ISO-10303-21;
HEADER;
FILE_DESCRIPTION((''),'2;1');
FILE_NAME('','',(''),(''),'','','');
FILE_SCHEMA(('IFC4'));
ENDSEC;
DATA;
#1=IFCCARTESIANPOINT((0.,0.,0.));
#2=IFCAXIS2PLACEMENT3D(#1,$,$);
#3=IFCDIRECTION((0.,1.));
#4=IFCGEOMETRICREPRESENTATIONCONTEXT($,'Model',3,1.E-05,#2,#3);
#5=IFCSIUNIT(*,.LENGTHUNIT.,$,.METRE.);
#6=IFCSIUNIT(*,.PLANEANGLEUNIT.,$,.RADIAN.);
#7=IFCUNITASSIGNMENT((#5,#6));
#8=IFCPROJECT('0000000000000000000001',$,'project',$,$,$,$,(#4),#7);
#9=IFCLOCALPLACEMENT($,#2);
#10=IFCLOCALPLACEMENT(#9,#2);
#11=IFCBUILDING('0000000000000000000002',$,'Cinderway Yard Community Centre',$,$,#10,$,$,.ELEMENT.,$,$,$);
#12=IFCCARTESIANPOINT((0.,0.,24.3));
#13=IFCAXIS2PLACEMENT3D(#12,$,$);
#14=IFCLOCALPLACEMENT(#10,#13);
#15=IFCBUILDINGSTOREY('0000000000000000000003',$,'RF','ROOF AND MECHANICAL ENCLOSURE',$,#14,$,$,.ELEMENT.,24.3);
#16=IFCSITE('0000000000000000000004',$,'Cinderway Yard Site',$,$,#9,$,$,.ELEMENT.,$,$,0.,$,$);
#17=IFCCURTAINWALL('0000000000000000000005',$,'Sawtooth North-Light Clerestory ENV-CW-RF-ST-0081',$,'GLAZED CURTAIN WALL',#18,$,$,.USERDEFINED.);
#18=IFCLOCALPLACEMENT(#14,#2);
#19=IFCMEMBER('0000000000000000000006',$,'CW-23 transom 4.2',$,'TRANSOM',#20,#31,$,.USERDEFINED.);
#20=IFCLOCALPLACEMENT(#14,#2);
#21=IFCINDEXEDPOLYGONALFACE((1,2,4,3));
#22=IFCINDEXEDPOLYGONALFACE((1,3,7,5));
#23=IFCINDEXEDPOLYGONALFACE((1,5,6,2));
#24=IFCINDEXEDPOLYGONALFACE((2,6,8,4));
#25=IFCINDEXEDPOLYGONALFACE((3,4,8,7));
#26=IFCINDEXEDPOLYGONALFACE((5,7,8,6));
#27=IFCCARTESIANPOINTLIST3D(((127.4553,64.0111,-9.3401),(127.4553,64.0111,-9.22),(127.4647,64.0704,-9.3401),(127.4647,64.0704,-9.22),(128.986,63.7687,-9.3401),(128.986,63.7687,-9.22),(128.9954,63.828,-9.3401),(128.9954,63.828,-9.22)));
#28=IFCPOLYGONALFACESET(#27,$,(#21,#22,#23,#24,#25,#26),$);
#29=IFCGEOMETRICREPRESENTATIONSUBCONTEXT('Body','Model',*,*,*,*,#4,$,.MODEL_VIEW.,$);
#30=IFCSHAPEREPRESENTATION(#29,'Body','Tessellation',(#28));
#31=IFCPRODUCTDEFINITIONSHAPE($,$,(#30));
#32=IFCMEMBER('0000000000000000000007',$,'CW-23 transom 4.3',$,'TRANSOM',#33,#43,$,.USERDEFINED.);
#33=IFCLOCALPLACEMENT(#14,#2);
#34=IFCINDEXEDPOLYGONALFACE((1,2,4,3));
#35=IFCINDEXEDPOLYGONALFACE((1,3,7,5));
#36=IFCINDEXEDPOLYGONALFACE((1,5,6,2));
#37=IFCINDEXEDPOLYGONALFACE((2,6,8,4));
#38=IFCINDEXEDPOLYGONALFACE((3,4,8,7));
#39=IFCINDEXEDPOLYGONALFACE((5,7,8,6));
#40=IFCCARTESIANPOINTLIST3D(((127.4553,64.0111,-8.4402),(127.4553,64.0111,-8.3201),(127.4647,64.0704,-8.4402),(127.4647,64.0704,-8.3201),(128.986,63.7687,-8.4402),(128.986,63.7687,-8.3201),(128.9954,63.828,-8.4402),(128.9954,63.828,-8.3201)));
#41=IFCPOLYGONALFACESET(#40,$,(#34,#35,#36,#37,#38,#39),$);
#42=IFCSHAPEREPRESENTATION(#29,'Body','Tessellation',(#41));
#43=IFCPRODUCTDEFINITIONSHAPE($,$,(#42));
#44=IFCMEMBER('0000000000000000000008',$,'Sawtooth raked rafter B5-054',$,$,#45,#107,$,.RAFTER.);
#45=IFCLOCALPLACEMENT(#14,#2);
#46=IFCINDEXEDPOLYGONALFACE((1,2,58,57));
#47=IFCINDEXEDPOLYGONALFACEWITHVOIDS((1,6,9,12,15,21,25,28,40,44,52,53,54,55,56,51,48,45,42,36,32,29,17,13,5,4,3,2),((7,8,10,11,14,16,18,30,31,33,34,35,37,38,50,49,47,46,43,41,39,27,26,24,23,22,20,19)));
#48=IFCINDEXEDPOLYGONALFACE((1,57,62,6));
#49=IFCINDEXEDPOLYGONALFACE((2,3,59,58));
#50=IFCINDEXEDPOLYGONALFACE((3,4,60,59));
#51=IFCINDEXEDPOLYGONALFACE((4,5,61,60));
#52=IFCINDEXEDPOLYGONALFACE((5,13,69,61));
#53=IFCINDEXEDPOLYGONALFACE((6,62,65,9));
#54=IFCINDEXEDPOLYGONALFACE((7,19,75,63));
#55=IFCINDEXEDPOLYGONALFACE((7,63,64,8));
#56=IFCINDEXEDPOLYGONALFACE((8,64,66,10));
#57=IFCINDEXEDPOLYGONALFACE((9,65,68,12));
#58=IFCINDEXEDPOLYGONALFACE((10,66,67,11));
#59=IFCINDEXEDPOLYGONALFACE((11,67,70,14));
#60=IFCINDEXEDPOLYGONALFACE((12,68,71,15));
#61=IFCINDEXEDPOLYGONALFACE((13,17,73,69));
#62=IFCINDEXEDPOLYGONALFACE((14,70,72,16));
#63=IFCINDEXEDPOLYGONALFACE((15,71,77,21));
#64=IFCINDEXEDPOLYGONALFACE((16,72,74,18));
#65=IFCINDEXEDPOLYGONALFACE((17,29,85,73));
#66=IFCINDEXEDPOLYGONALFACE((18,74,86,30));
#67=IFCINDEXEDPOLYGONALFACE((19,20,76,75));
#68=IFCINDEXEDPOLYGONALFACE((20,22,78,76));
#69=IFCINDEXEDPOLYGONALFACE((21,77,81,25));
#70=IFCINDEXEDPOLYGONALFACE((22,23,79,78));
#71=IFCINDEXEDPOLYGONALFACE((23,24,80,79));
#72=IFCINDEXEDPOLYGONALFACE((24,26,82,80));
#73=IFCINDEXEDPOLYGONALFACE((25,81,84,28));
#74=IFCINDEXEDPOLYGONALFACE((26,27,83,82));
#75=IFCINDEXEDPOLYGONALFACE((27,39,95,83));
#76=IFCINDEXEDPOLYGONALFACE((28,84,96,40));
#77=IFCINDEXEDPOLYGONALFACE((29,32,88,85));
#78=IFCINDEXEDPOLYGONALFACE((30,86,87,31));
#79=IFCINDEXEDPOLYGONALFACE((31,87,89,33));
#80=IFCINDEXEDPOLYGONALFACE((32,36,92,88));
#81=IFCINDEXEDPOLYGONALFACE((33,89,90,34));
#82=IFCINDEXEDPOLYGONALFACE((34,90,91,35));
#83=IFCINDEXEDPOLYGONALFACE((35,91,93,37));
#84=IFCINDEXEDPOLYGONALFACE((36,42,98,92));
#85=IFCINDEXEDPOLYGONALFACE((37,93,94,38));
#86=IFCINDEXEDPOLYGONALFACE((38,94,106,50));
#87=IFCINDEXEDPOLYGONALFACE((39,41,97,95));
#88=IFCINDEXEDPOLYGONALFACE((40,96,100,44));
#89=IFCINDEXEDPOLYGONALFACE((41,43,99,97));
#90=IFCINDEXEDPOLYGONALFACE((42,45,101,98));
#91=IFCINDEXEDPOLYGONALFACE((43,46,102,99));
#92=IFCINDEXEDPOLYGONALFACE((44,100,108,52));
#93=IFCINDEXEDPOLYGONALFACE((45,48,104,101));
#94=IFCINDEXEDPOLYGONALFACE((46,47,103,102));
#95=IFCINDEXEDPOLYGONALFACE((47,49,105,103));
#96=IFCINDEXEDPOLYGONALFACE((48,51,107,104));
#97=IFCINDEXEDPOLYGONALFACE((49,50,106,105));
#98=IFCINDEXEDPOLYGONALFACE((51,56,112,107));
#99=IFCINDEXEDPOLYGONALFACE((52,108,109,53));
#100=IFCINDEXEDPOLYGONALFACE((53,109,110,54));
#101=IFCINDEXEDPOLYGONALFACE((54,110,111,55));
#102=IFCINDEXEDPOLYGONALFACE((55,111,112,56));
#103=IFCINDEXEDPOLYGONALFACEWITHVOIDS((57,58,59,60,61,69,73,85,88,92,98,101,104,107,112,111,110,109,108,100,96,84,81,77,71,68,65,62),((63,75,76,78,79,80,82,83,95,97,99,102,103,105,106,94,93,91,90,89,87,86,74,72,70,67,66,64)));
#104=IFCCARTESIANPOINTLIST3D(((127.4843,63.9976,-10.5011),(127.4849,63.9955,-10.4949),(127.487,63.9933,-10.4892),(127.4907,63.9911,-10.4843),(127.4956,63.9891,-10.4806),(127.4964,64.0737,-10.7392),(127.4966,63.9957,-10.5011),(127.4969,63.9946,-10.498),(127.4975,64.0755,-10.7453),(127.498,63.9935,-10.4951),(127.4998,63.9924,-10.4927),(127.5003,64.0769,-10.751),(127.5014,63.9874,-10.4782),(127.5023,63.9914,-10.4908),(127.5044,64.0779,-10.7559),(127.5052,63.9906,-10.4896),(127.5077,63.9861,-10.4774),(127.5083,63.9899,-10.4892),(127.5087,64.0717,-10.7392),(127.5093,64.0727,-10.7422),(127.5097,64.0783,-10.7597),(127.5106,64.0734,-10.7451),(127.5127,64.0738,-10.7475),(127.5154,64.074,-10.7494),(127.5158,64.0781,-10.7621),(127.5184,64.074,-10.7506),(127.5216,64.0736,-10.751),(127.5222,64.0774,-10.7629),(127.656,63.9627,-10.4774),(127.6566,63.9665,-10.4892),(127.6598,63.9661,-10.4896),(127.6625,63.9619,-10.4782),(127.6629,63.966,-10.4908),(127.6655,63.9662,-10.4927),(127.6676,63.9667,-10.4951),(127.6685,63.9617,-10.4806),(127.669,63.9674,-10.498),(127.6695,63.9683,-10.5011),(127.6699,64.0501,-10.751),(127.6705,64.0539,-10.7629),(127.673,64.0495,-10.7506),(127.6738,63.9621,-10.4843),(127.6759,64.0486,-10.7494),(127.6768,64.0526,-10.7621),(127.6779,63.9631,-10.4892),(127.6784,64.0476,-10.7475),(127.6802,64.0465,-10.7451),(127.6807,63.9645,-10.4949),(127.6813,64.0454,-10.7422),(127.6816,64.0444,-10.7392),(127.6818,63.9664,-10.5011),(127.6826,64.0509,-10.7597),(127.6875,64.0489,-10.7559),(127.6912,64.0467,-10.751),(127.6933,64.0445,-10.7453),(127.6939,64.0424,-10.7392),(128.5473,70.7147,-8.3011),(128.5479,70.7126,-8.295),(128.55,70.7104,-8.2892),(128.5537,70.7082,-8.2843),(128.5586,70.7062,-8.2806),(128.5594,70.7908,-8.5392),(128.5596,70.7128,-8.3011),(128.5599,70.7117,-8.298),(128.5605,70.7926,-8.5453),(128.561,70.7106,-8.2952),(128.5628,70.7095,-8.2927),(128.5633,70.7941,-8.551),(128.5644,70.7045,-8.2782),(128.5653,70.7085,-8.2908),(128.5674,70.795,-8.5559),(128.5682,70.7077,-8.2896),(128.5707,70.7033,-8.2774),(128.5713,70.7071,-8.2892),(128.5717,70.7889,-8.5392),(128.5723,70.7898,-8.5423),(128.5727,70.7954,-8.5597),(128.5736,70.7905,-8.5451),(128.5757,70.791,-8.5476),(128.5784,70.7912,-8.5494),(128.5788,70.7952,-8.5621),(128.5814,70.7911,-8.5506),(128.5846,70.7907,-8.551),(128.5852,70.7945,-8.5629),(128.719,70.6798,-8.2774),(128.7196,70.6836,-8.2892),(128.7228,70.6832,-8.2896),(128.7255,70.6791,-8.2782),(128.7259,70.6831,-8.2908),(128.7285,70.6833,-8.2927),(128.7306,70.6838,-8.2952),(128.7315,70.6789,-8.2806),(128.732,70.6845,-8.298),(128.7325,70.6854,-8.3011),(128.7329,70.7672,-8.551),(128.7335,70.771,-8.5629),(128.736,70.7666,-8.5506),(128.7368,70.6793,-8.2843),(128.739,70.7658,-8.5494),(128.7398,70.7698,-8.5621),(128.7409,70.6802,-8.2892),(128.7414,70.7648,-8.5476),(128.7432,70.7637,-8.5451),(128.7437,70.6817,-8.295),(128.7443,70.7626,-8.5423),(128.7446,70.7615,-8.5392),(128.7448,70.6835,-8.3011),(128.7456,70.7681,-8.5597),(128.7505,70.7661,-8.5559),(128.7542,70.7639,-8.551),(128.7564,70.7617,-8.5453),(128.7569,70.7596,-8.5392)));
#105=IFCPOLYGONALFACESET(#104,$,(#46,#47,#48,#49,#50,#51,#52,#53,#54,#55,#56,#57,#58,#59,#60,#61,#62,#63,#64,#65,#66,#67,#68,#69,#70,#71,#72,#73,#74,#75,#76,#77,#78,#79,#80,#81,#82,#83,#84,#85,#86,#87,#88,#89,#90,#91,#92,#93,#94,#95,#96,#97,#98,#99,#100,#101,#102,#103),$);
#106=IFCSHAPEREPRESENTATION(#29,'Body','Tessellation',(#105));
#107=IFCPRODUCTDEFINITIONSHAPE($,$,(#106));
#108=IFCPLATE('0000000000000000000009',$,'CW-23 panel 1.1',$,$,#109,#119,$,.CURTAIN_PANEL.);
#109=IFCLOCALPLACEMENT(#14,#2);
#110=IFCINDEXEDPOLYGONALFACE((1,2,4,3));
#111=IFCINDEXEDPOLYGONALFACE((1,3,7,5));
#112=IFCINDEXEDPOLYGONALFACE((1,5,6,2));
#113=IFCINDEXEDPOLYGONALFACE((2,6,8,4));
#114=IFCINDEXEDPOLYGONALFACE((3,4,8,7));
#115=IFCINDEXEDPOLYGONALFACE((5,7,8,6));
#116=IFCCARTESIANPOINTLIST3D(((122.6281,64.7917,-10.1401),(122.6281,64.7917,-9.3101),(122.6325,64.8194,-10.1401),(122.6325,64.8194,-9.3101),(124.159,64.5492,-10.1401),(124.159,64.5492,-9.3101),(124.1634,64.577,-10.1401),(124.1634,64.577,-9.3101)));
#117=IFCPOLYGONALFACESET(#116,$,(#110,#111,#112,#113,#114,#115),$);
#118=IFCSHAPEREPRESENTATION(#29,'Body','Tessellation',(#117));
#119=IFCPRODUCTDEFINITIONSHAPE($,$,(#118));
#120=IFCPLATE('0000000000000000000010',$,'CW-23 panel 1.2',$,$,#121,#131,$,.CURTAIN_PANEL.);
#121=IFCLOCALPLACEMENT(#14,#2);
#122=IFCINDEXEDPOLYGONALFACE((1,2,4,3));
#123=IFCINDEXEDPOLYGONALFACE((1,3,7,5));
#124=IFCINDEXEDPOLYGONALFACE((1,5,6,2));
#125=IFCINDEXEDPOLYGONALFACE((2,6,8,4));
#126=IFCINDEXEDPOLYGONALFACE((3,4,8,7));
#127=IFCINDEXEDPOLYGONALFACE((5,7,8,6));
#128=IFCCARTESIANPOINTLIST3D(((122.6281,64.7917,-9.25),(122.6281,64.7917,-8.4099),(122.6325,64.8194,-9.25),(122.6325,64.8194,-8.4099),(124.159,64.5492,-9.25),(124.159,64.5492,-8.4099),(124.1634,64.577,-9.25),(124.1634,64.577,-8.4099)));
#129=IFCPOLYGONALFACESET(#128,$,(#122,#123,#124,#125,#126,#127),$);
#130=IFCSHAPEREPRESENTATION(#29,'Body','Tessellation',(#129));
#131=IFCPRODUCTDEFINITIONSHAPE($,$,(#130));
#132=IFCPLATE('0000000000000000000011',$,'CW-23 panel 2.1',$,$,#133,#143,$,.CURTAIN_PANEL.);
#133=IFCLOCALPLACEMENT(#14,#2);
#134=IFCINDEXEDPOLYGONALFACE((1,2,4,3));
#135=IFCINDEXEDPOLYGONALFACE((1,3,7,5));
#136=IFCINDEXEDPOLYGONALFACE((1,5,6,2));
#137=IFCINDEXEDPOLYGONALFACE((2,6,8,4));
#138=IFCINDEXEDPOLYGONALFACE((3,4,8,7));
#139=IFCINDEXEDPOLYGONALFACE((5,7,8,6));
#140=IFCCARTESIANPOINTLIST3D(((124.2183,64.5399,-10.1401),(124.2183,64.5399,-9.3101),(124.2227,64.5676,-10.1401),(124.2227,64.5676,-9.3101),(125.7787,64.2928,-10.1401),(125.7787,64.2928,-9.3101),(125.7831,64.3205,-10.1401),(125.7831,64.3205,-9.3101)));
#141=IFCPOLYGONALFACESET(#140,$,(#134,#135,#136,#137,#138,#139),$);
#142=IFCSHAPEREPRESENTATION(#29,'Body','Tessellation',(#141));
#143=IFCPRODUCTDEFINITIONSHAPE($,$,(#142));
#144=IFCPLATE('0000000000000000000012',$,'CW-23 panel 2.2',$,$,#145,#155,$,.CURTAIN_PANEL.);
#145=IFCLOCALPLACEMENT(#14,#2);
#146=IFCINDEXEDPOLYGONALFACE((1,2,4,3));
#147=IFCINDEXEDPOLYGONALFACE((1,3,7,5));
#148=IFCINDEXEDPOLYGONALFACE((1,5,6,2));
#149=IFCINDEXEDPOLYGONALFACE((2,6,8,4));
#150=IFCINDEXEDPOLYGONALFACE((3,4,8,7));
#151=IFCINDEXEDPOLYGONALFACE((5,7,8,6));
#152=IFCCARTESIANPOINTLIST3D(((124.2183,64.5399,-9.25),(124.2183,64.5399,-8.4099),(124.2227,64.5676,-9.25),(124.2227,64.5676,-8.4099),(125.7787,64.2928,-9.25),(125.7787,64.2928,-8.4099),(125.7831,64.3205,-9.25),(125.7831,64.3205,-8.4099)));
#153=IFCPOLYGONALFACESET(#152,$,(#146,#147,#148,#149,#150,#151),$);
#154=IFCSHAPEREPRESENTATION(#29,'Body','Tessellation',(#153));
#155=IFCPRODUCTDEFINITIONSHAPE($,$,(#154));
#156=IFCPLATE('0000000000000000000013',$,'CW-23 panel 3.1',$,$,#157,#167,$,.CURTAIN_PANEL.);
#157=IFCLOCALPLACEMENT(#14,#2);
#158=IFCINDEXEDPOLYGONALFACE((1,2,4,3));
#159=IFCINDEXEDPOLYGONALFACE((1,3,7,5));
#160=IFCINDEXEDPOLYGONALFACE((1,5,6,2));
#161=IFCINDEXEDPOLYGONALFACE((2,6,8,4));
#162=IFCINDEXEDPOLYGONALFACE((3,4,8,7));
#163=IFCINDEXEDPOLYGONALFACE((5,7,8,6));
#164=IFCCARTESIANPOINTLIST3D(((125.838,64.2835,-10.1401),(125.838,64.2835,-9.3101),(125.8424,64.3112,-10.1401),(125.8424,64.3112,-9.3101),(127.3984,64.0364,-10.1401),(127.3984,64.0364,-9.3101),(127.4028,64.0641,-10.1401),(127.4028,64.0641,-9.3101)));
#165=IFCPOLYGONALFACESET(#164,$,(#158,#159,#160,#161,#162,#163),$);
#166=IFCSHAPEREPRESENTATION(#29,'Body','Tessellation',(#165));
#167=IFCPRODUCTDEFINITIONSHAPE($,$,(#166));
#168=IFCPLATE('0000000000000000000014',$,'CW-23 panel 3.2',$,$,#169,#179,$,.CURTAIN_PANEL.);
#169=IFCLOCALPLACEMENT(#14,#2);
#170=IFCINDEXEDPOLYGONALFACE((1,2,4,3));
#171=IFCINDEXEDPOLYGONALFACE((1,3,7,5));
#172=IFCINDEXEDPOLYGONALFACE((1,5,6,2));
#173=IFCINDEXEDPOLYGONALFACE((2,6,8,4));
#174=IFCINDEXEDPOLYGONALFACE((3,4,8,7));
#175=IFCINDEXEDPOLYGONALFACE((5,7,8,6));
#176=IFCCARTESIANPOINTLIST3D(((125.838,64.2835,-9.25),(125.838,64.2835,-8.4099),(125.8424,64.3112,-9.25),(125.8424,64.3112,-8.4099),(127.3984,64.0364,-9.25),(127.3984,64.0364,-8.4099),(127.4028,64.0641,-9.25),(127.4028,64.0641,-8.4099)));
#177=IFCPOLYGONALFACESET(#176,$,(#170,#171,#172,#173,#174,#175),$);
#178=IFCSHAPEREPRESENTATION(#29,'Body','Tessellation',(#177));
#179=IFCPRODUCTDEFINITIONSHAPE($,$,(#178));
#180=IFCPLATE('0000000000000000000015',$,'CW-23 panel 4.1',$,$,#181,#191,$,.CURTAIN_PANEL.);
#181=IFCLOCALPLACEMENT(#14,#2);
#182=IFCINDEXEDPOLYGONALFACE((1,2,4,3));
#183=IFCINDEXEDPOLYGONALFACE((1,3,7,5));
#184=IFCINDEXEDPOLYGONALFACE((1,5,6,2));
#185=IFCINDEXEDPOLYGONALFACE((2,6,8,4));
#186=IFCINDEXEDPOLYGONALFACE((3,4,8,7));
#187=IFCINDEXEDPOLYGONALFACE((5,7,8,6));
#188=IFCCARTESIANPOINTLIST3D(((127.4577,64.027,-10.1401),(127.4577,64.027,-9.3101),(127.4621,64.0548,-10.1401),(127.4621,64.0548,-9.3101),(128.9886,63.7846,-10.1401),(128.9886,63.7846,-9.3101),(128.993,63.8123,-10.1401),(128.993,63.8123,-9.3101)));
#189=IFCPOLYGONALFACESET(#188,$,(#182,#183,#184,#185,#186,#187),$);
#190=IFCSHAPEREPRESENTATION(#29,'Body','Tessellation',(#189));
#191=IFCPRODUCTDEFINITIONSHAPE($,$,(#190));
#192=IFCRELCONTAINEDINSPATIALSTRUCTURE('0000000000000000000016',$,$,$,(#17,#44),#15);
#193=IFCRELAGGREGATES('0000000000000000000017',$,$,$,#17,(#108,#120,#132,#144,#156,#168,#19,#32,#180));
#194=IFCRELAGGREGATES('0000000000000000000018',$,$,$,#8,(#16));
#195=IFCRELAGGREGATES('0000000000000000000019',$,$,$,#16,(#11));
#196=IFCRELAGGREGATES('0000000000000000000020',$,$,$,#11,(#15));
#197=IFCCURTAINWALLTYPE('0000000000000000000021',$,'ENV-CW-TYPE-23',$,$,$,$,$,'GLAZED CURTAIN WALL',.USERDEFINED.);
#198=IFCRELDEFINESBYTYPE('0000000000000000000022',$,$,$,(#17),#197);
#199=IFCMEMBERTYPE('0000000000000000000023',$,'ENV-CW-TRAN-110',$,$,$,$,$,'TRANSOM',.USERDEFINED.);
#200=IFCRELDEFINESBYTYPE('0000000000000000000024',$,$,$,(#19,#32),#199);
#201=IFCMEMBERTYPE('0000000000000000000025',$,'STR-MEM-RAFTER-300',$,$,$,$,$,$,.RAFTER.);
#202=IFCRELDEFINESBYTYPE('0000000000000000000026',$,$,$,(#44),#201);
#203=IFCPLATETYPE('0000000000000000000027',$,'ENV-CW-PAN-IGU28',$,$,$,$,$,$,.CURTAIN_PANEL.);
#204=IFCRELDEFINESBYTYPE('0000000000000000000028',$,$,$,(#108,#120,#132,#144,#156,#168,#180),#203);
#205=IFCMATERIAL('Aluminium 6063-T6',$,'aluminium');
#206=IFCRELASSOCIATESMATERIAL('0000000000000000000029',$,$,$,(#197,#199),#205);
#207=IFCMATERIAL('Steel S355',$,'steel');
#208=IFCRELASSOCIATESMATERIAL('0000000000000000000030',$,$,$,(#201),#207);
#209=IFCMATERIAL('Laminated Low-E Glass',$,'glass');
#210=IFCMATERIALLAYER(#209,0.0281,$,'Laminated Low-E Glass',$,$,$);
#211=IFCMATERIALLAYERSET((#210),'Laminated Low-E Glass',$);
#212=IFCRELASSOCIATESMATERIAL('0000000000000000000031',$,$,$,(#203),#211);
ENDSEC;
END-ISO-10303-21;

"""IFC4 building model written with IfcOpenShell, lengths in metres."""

from ifc_helpers import new_model, si_unit, direction, frame, origin, origin_2d, place, context, subcontext, project, spatial, rectangle, hollow_rectangle, extrude, material, layer, layer_set, material_profile, profile_set, type_object, element, aggregate, save


model = new_model("IFC4")

# Units and contexts
model_context = context("Model", 3, precision=1e-05, world=origin(), true_north=direction((0.0, 1.0)))
body_context = subcontext(model_context, "Body", "Model", "MODEL_VIEW")
ifc_project = project(units=[si_unit("LENGTHUNIT", "METRE"), si_unit("PLANEANGLEUNIT", "RADIAN")], contexts=[model_context])

# Site, building, storey
site_placement = place(None, origin())
site = spatial("IfcSite", under=ifc_project, at=site_placement, Name="Cinderway Yard Site", CompositionType="ELEMENT", RefElevation=0.0)
building_placement = place(site_placement, origin())
building = spatial("IfcBuilding", under=site, at=building_placement, Name="Cinderway Yard Community Centre", CompositionType="ELEMENT")
storey_placement = place(building_placement, frame((0.0, 0.0, 24.3)))
storey = spatial("IfcBuildingStorey", under=building, at=storey_placement, Name="RF", Description="ROOF AND MECHANICAL ENCLOSURE", CompositionType="ELEMENT", Elevation=24.3)

# Shared definitions
ifc_material_1 = material(Name="Aluminium 6063-T6", Category="aluminium")
curtain_wall_type = type_object("IfcCurtainWallType", Name="ENV-CW-TYPE-23", ElementType="GLAZED CURTAIN WALL", PredefinedType="USERDEFINED", material=ifc_material_1)

# Curtain wall, members
curtain_wall_1_placement = place(storey_placement, origin())
curtain_wall_1 = element("IfcCurtainWall", 1, at=curtain_wall_1_placement, inside=storey, type_object=curtain_wall_type, Name="Sawtooth North-Light Clerestory ENV-CW-RF-ST-0081", ObjectType="GLAZED CURTAIN WALL", PredefinedType="USERDEFINED")
ifc_material_profile_1 = material_profile(ifc_material_1, rectangle(XDim=0.0601, YDim=0.1201, at=origin_2d()), Name="Aluminium 6063-T6")
ifc_profile_set_1 = profile_set([ifc_material_profile_1], Name="Aluminium 6063-T6")
member_type_1 = type_object("IfcMemberType", Name="ENV-CW-TRAN-110", ElementType="TRANSOM", PredefinedType="USERDEFINED", material=ifc_profile_set_1)
member_1_placement = place(storey_placement, frame((127.46, 64.0408, -9.28), z_axis=(0.98769, -0.156424, 0.0), x_axis=(0.156424, 0.98769, 0.0)))
member_1 = element("IfcMember", 2, at=member_1_placement, type_object=member_type_1, Name="CW-23 transom 4.2", ObjectType="TRANSOM", PredefinedType="USERDEFINED", context=body_context, shape_type="SweptSolid", body=[
    extrude(rectangle(XDim=0.0601, YDim=0.1201, at=origin_2d()), origin(), (0.0, 0.0, 1.0), 1.5498),
])
member_2_placement = place(storey_placement, frame((127.46, 64.0408, -8.3801), z_axis=(0.98769, -0.156424, 0.0), x_axis=(0.156424, 0.98769, 0.0)))
member_2 = element("IfcMember", 3, at=member_2_placement, type_object=member_type_1, Name="CW-23 transom 4.3", ObjectType="TRANSOM", PredefinedType="USERDEFINED", context=body_context, shape_type="SweptSolid", body=[
    extrude(rectangle(XDim=0.0601, YDim=0.1201, at=origin_2d()), origin(), (0.0, 0.0, 1.0), 1.5498),
])

# Member
ifc_material_2 = material(Name="Steel S355", Category="steel")
ifc_material_profile_2 = material_profile(ifc_material_2, hollow_rectangle(XDim=0.2, YDim=0.3, WallThickness=0.0125, InnerFilletRadius=0.0125, OuterFilletRadius=0.0249, at=origin_2d()), Name="Steel S355")
ifc_profile_set_2 = profile_set([ifc_material_profile_2], Name="Steel S355")
member_type_2 = type_object("IfcMemberType", Name="STR-MEM-RAFTER-300", PredefinedType="RAFTER", material=ifc_profile_set_2)
member_3_placement = place(storey_placement, frame((127.5891, 64.02, -10.6201), z_axis=(0.148719, 0.93976, 0.307788), x_axis=(-0.987708, 0.156307, 0.0)))
element("IfcMember", 4, at=member_3_placement, inside=storey, type_object=member_type_2, Name="Sawtooth raked rafter B5-054", PredefinedType="RAFTER", context=body_context, shape_type="SweptSolid", body=[
    extrude(hollow_rectangle(XDim=0.2, YDim=0.3, WallThickness=0.0125, InnerFilletRadius=0.0125, OuterFilletRadius=0.0249, at=origin_2d()), origin(), (0.0, 0.0, 1.0), 7.1477),
])

# Plates
ifc_material_3 = material(Name="Laminated Low-E Glass", Category="glass")
ifc_layer_1 = layer(ifc_material_3, 0.0281, Name="Laminated Low-E Glass")
ifc_layer_set_1 = layer_set([ifc_layer_1], Name="Laminated Low-E Glass")
plate_type_1 = type_object("IfcPlateType", Name="ENV-CW-PAN-IGU28", PredefinedType="CURTAIN_PANEL", material=ifc_layer_set_1)
plate_1_placement = place(storey_placement, frame((123.3958, 64.6843, -10.1401), z_axis=(0.0, 0.0, 1.0), x_axis=(0.987692, -0.156409, 0.0)))
plate_1 = element("IfcPlate", 5, at=plate_1_placement, type_object=plate_type_1, Name="CW-23 panel 1.1", PredefinedType="CURTAIN_PANEL", context=body_context, shape_type="SweptSolid", body=[
    extrude(rectangle(XDim=1.55, YDim=0.0281, at=origin_2d()), origin(), (0.0, 0.0, 1.0), 0.8301),
])
plate_2_placement = place(storey_placement, frame((123.3958, 64.6843, -9.25), z_axis=(0.0, 0.0, 1.0), x_axis=(0.987692, -0.156409, 0.0)))
plate_2 = element("IfcPlate", 6, at=plate_2_placement, type_object=plate_type_1, Name="CW-23 panel 1.2", PredefinedType="CURTAIN_PANEL", context=body_context, shape_type="SweptSolid", body=[
    extrude(rectangle(XDim=1.55, YDim=0.0281, at=origin_2d()), origin(), (0.0, 0.0, 1.0), 0.8401),
])
plate_3_placement = place(storey_placement, frame((125.0007, 64.4302, -10.1401), z_axis=(0.0, 0.0, 1.0), x_axis=(0.987692, -0.156409, 0.0)))
plate_3 = element("IfcPlate", 7, at=plate_3_placement, type_object=plate_type_1, Name="CW-23 panel 2.1", PredefinedType="CURTAIN_PANEL", context=body_context, shape_type="SweptSolid", body=[
    extrude(rectangle(XDim=1.5798, YDim=0.0281, at=origin_2d()), origin(), (0.0, 0.0, 1.0), 0.8301),
])
plate_4_placement = place(storey_placement, frame((125.0007, 64.4302, -9.25), z_axis=(0.0, 0.0, 1.0), x_axis=(0.987692, -0.156409, 0.0)))
plate_4 = element("IfcPlate", 8, at=plate_4_placement, type_object=plate_type_1, Name="CW-23 panel 2.2", PredefinedType="CURTAIN_PANEL", context=body_context, shape_type="SweptSolid", body=[
    extrude(rectangle(XDim=1.5798, YDim=0.0281, at=origin_2d()), origin(), (0.0, 0.0, 1.0), 0.8401),
])
plate_5_placement = place(storey_placement, frame((126.6204, 64.1738, -10.1401), z_axis=(0.0, 0.0, 1.0), x_axis=(0.987692, -0.156409, 0.0)))
plate_5 = element("IfcPlate", 9, at=plate_5_placement, type_object=plate_type_1, Name="CW-23 panel 3.1", PredefinedType="CURTAIN_PANEL", context=body_context, shape_type="SweptSolid", body=[
    extrude(rectangle(XDim=1.5798, YDim=0.0281, at=origin_2d()), origin(), (0.0, 0.0, 1.0), 0.8301),
])
plate_6_placement = place(storey_placement, frame((126.6204, 64.1738, -9.25), z_axis=(0.0, 0.0, 1.0), x_axis=(0.987692, -0.156409, 0.0)))
plate_6 = element("IfcPlate", 10, at=plate_6_placement, type_object=plate_type_1, Name="CW-23 panel 3.2", PredefinedType="CURTAIN_PANEL", context=body_context, shape_type="SweptSolid", body=[
    extrude(rectangle(XDim=1.5798, YDim=0.0281, at=origin_2d()), origin(), (0.0, 0.0, 1.0), 0.8401),
])
plate_7_placement = place(storey_placement, frame((128.2253, 63.9197, -10.1401), z_axis=(0.0, 0.0, 1.0), x_axis=(0.987692, -0.156409, 0.0)))
plate_7 = element("IfcPlate", 11, at=plate_7_placement, type_object=plate_type_1, Name="CW-23 panel 4.1", PredefinedType="CURTAIN_PANEL", context=body_context, shape_type="SweptSolid", body=[
    extrude(rectangle(XDim=1.55, YDim=0.0281, at=origin_2d()), origin(), (0.0, 0.0, 1.0), 0.8301),
])
aggregate(curtain_wall_1, [plate_1, plate_2, plate_3, plate_4, plate_5, plate_6, member_1, member_2, plate_7])

save(model, "model.ifc")
